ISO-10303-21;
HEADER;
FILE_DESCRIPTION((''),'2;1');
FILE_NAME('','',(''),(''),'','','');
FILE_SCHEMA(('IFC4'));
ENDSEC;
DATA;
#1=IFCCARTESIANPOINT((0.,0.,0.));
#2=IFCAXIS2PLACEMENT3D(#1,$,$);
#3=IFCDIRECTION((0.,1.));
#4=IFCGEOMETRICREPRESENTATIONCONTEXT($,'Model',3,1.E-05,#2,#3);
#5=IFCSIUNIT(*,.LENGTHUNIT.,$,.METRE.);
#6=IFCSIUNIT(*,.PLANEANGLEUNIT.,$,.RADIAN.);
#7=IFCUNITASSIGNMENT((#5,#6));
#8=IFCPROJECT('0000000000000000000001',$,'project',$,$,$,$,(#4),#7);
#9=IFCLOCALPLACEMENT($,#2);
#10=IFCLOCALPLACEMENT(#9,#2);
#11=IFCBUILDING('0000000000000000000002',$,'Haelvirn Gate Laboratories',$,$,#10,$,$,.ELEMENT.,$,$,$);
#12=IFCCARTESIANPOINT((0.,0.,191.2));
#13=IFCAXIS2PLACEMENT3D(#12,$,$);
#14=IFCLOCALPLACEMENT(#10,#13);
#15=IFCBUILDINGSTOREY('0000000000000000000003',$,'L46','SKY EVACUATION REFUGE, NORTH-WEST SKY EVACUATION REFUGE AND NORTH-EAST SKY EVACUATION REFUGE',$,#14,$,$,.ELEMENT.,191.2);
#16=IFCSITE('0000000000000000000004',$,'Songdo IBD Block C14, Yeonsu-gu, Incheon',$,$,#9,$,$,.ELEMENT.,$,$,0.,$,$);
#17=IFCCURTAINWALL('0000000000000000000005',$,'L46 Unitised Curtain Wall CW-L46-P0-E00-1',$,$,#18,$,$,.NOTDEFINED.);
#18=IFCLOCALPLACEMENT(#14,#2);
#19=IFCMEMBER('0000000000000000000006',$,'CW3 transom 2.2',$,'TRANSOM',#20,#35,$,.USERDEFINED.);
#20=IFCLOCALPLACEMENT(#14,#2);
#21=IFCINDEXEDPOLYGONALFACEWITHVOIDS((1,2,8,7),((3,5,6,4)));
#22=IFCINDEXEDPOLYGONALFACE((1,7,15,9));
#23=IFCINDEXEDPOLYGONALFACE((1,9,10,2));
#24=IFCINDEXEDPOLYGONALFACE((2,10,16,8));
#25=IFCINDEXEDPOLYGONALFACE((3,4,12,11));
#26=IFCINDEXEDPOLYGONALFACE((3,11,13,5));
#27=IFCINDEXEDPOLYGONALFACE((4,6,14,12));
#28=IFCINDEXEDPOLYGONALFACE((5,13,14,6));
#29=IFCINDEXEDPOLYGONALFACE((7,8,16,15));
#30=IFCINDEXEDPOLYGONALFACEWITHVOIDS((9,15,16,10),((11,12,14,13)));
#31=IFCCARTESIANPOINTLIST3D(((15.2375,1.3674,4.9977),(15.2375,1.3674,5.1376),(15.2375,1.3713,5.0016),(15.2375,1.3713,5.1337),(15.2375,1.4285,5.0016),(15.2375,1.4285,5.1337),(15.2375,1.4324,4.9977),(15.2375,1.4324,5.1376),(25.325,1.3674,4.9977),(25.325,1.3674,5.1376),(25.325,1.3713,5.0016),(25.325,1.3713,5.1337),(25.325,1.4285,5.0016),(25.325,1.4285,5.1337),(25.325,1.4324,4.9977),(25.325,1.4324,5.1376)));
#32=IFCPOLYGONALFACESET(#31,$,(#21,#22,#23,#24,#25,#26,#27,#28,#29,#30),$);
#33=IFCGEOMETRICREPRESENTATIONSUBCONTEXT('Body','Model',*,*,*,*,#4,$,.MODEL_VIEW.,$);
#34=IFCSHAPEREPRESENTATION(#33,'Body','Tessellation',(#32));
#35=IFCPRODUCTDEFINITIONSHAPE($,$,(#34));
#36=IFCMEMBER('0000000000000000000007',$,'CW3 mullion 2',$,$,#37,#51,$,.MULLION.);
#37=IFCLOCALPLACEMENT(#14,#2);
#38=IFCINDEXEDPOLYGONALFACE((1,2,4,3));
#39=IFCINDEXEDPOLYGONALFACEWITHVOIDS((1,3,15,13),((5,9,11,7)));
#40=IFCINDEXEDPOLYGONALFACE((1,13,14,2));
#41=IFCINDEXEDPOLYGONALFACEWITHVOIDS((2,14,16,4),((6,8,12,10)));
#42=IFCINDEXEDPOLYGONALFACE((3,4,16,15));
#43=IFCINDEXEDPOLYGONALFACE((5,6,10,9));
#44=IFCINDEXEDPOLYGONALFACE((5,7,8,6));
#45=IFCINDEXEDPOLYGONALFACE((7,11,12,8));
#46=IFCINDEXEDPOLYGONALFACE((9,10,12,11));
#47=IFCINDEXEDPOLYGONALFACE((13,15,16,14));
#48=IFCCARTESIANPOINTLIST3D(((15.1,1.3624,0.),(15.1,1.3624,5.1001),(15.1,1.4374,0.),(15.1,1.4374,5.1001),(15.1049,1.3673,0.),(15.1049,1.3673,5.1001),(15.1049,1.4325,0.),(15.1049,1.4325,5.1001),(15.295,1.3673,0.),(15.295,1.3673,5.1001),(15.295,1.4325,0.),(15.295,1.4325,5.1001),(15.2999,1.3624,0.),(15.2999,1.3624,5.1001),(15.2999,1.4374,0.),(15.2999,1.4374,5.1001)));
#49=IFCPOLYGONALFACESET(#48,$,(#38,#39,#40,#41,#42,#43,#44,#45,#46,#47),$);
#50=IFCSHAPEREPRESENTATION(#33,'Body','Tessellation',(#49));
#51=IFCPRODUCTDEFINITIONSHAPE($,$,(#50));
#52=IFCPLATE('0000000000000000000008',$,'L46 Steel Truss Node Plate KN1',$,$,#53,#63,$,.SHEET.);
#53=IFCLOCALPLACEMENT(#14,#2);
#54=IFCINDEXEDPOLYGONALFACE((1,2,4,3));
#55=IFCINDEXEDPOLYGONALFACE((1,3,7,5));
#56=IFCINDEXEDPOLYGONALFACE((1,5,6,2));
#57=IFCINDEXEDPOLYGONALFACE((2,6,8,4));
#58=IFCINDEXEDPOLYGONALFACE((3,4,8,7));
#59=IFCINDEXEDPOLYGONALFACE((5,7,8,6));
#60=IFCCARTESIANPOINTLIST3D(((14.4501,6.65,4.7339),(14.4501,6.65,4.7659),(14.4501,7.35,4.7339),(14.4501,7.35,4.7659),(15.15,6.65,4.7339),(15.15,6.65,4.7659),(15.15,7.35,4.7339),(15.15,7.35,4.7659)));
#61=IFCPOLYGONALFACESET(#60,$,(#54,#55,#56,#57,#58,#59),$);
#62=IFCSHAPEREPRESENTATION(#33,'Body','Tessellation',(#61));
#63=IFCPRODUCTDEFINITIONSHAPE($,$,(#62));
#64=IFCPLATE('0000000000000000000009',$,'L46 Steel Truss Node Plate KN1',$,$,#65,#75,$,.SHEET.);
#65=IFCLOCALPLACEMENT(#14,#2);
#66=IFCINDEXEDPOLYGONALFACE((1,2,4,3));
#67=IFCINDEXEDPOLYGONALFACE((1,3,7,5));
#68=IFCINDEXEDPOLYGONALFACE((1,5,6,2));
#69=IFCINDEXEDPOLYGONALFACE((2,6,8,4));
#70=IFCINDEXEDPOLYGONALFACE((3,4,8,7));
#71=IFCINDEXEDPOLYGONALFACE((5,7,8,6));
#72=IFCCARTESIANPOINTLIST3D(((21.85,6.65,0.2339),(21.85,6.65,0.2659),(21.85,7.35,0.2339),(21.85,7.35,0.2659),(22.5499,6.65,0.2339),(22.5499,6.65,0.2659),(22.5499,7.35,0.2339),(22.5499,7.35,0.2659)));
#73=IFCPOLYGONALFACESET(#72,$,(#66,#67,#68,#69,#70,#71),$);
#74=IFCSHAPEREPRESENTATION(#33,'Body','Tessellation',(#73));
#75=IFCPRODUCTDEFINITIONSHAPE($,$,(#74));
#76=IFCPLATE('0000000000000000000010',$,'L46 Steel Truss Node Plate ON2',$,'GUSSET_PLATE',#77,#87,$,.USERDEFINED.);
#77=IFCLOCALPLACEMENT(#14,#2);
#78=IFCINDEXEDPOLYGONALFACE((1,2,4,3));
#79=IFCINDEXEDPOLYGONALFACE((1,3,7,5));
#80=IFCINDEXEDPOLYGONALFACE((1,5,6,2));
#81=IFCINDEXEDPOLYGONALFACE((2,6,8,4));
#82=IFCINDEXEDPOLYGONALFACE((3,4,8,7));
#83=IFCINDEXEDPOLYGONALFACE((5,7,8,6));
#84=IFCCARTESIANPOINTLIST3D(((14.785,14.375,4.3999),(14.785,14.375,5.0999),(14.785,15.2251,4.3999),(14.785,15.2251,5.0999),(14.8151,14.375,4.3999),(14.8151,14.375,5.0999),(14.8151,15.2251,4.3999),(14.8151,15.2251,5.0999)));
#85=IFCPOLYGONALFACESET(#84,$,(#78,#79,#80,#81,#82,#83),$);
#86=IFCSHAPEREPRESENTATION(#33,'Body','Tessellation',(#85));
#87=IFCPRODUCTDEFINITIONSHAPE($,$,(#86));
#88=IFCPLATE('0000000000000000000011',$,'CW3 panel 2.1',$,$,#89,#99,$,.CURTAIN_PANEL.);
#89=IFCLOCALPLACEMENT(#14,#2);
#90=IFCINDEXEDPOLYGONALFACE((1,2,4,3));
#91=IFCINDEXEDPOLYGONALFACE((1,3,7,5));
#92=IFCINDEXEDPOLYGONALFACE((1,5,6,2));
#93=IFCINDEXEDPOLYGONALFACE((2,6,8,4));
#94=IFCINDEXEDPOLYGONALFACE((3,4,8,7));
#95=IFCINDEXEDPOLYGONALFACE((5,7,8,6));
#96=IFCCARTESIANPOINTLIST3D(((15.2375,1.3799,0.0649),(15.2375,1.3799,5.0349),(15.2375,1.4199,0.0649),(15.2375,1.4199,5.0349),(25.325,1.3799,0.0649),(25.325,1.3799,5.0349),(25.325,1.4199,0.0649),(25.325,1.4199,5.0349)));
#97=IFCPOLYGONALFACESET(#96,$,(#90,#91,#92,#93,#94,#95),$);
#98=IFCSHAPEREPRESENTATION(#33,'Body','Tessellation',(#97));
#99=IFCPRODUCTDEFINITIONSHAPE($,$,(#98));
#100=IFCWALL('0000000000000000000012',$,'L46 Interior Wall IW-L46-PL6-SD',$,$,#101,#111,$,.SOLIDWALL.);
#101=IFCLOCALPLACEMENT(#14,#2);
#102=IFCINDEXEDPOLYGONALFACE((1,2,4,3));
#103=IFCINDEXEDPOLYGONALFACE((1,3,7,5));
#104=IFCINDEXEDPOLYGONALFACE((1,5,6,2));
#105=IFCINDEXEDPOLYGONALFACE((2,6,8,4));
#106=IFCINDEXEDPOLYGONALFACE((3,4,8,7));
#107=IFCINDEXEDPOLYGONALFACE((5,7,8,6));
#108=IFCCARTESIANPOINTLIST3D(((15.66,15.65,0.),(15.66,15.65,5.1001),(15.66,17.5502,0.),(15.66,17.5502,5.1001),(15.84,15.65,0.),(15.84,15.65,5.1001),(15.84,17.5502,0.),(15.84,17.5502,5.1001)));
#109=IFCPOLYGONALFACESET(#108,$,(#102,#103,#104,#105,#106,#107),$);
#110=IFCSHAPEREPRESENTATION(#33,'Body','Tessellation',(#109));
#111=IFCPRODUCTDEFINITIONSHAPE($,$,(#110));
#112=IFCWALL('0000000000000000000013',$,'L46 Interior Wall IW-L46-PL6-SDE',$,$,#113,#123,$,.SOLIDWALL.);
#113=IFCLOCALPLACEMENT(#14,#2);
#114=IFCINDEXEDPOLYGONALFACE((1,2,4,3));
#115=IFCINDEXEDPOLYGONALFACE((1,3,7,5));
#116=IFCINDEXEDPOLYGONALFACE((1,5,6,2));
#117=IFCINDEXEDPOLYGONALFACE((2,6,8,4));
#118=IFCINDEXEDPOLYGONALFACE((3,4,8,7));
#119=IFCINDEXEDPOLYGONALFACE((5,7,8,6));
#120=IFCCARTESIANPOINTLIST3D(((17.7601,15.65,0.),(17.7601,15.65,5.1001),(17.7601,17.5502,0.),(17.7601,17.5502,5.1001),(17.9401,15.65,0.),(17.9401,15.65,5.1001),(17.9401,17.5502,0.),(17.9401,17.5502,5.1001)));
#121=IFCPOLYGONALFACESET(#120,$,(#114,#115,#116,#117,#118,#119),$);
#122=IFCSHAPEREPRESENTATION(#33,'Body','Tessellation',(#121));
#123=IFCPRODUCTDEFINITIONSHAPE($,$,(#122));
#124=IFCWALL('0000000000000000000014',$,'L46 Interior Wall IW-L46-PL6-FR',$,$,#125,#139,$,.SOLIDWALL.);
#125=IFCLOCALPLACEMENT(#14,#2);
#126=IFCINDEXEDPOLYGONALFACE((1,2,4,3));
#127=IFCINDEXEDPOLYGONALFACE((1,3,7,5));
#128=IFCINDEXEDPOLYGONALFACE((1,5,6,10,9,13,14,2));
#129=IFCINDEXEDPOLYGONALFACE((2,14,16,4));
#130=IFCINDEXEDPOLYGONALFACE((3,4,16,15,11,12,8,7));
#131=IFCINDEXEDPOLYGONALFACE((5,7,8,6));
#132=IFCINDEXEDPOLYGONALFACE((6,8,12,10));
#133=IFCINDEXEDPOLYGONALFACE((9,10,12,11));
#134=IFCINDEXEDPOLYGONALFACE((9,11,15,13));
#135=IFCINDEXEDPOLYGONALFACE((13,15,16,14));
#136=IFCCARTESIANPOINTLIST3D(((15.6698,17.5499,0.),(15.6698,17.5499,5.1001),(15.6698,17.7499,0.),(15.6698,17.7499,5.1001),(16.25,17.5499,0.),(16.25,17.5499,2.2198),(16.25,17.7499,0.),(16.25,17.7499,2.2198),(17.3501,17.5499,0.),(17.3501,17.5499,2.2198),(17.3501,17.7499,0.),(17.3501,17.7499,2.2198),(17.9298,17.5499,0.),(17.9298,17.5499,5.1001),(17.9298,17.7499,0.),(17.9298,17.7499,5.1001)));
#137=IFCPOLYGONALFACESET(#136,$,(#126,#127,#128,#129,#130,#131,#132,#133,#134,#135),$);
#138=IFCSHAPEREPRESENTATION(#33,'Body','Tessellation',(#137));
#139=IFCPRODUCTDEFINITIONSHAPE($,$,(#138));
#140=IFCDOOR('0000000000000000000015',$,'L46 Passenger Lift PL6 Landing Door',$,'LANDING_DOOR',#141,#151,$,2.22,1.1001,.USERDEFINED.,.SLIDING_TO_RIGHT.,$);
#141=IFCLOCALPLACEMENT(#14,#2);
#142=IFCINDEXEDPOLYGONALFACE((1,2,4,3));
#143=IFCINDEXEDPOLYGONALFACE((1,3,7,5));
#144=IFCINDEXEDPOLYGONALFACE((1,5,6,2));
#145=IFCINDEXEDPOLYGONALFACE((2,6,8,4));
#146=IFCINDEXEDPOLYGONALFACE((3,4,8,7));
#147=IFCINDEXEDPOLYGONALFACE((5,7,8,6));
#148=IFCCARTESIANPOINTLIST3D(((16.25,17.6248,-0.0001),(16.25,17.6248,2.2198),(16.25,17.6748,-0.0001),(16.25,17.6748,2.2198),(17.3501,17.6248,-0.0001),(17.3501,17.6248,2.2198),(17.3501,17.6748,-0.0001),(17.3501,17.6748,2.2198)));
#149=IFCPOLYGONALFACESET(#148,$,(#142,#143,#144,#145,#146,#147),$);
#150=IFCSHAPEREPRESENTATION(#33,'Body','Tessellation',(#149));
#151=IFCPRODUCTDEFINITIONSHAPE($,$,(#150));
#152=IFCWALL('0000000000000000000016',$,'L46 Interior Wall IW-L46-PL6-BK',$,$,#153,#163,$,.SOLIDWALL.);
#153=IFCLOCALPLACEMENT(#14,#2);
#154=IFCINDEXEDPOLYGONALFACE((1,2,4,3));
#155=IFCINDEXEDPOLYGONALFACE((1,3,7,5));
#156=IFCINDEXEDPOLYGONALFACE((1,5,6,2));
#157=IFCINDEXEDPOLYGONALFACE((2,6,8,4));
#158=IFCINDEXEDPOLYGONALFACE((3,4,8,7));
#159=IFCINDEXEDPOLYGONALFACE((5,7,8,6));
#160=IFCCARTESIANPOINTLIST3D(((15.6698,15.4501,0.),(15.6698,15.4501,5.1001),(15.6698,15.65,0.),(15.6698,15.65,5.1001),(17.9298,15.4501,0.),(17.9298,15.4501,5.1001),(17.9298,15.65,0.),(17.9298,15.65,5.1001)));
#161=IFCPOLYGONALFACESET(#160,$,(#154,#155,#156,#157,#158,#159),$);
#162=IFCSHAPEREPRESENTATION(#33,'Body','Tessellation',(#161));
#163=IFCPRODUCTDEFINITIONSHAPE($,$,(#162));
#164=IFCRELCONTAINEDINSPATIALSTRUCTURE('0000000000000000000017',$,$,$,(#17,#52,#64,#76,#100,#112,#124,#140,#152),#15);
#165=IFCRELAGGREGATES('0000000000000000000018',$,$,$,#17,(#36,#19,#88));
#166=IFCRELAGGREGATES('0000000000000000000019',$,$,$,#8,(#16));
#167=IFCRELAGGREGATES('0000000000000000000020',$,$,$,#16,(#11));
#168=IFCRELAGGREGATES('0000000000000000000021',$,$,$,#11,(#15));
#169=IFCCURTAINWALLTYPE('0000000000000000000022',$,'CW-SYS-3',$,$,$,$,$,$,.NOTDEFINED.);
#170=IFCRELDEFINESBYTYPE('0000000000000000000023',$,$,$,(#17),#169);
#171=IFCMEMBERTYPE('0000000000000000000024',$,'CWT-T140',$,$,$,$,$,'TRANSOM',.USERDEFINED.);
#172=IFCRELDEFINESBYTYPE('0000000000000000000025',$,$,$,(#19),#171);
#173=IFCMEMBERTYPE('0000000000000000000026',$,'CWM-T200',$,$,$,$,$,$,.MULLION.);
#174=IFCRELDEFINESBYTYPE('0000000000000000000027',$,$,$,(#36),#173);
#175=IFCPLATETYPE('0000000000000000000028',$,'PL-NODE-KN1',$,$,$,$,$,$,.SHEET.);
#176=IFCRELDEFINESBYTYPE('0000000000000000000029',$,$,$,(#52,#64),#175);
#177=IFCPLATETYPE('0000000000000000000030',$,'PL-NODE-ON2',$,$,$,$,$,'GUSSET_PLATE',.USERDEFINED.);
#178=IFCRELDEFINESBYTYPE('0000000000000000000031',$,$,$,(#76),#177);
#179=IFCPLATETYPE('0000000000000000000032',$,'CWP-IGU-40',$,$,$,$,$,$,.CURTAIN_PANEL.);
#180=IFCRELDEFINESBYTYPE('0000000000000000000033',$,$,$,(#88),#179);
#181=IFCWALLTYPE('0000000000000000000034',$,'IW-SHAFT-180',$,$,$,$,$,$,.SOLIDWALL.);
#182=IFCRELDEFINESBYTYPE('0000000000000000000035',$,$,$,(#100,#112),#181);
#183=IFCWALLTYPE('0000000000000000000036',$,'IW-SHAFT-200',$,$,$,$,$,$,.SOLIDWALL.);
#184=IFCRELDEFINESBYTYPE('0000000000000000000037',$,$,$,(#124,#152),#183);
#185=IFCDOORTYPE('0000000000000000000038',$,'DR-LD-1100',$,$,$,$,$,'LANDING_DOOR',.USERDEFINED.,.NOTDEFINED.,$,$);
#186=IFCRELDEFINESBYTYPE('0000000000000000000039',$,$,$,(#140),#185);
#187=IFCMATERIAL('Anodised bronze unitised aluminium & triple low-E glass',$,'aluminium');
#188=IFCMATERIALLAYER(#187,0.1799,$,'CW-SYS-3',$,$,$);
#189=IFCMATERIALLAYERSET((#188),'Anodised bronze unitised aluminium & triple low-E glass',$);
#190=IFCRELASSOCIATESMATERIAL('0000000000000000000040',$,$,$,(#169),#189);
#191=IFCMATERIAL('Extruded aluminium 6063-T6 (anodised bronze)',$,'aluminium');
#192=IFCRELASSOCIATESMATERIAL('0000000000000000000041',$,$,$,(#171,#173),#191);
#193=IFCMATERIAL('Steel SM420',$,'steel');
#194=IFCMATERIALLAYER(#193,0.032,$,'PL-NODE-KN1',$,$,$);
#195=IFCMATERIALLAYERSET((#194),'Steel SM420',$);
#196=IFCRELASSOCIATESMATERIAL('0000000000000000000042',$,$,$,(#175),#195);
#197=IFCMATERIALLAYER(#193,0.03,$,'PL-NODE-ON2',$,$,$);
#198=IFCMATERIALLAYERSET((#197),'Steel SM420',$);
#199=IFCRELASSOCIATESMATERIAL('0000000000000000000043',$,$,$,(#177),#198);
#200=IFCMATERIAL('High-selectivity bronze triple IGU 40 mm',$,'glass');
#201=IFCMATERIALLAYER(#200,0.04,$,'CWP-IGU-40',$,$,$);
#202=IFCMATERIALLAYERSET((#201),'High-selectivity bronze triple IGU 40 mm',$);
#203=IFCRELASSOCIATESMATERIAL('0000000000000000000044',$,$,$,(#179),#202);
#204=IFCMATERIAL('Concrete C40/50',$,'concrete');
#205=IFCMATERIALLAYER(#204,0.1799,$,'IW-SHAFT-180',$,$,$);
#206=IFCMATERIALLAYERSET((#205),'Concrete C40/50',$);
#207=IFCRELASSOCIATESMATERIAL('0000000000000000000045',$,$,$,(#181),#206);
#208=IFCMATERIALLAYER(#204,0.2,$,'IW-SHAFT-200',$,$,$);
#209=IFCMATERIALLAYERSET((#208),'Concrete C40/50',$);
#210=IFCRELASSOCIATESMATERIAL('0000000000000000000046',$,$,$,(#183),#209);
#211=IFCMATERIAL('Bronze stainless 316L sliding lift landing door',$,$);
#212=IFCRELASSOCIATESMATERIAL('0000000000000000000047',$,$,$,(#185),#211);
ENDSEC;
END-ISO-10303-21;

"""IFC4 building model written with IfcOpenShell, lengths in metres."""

from ifc_helpers import new_model, si_unit, direction, frame, frame_2d, origin, origin_2d, place, context, subcontext, project, spatial, rectangle, hollow_rectangle, extrude, source, transform, mapped, material, layer, layer_set, material_profile, profile_set, type_object, type_shapes, element, fill, aggregate, save


model = new_model("IFC4")

# Units and contexts
model_context = context("Model", 3, precision=1e-05, world=origin(), true_north=direction((0.0, 1.0)))
body_context = subcontext(model_context, "Body", "Model", "MODEL_VIEW")
ifc_project = project(units=[si_unit("LENGTHUNIT", "METRE"), si_unit("PLANEANGLEUNIT", "RADIAN")], contexts=[model_context])

# Site, building, storey
site_placement = place(None, origin())
site = spatial("IfcSite", under=ifc_project, at=site_placement, Name="Songdo IBD Block C14, Yeonsu-gu, Incheon", CompositionType="ELEMENT", RefElevation=0.0)
building_placement = place(site_placement, origin())
building = spatial("IfcBuilding", under=site, at=building_placement, Name="Haelvirn Gate Laboratories", CompositionType="ELEMENT")
storey_placement = place(building_placement, frame((0.0, 0.0, 191.2)))
storey = spatial("IfcBuildingStorey", under=building, at=storey_placement, Name="L46", Description="SKY EVACUATION REFUGE, NORTH-WEST SKY EVACUATION REFUGE AND NORTH-EAST SKY EVACUATION REFUGE", CompositionType="ELEMENT", Elevation=191.2)

# Shared definitions
ifc_material_1 = material(Name="Steel SM420", Category="steel")

# Curtain wall, members
ifc_material_2 = material(Name="Anodised bronze unitised aluminium & triple low-E glass", Category="aluminium")
ifc_layer_1 = layer(ifc_material_2, 0.1799, Name="CW-SYS-3")
ifc_layer_set_1 = layer_set([ifc_layer_1], Name="Anodised bronze unitised aluminium & triple low-E glass")
curtain_wall_type = type_object("IfcCurtainWallType", Name="CW-SYS-3", PredefinedType="NOTDEFINED", material=ifc_layer_set_1)
curtain_wall_placement = place(storey_placement, origin())
curtain_wall = element("IfcCurtainWall", 1, at=curtain_wall_placement, inside=storey, type_object=curtain_wall_type, Name="L46 Unitised Curtain Wall CW-L46-P0-E00-1", PredefinedType="NOTDEFINED")
ifc_material_3 = material(Name="Extruded aluminium 6063-T6 (anodised bronze)", Category="aluminium")
ifc_material_profile_1 = material_profile(ifc_material_3, hollow_rectangle(XDim=0.0649, YDim=0.1399, WallThickness=0.0039, at=origin_2d()), Name="CWT-140x65x4")
ifc_profile_set_1 = profile_set([ifc_material_profile_1], Name="Extruded aluminium 6063-T6 (anodised bronze)")
member_type_1 = type_object("IfcMemberType", Name="CWT-T140", ElementType="TRANSOM", PredefinedType="USERDEFINED", material=ifc_profile_set_1)
shared_shape_1 = source(origin(), body_context, "Body", "SweptSolid", [
    extrude(hollow_rectangle(XDim=0.0649, YDim=0.1399, WallThickness=0.0039, at=origin_2d()), origin(), (0.0, 0.0, 1.0), 10.0874),
])
type_shapes(member_type_1, [shared_shape_1])
member_1_placement = place(storey_placement, frame((15.2375, 1.3999, 5.0676), z_axis=(1.0, 0.0, 0.0), x_axis=(0.0, 1.0, 0.0)))
member_1 = element("IfcMember", 2, at=member_1_placement, type_object=member_type_1, Name="CW3 transom 2.2", ObjectType="TRANSOM", PredefinedType="USERDEFINED", context=body_context, shape_type="MappedRepresentation", body=[
    mapped(shared_shape_1, transform((0.0, 0.0, 0.0), scale=1.0)),
])
ifc_material_profile_2 = material_profile(ifc_material_3, hollow_rectangle(XDim=0.075, YDim=0.2, WallThickness=0.0049, at=origin_2d()), Name="CWM-200x75x5")
ifc_profile_set_2 = profile_set([ifc_material_profile_2], Name="Extruded aluminium 6063-T6 (anodised bronze)")
member_type_2 = type_object("IfcMemberType", Name="CWM-T200", PredefinedType="MULLION", material=ifc_profile_set_2)
shared_shape_2 = source(origin(), body_context, "Body", "SweptSolid", [
    extrude(hollow_rectangle(XDim=0.075, YDim=0.2, WallThickness=0.0049, at=origin_2d()), origin(), (0.0, 0.0, 1.0), 5.1001),
])
type_shapes(member_type_2, [shared_shape_2])
member_2_placement = place(storey_placement, frame((15.2, 1.3999, 0.0), z_axis=(0.0, 0.0, 1.0), x_axis=(0.0, 1.0, 0.0)))
member_2 = element("IfcMember", 3, at=member_2_placement, type_object=member_type_2, Name="CW3 mullion 2", PredefinedType="MULLION", context=body_context, shape_type="MappedRepresentation", body=[
    mapped(shared_shape_2, transform((0.0, 0.0, 0.0), scale=1.0)),
])

# Plates
ifc_layer_2 = layer(ifc_material_1, 0.032, Name="PL-NODE-KN1")
ifc_layer_set_2 = layer_set([ifc_layer_2], Name="Steel SM420")
plate_type_1 = type_object("IfcPlateType", Name="PL-NODE-KN1", PredefinedType="SHEET", material=ifc_layer_set_2)
shared_shape_3 = source(origin(), body_context, "Body", "SweptSolid", [
    extrude(rectangle(XDim=0.7, YDim=0.7, at=origin_2d()), origin(), (0.0, 0.0, 1.0), 0.032),
])
type_shapes(plate_type_1, [shared_shape_3])
for number, where, z_axis, x_axis, name in (
    (4, (14.8, 7.0, 4.7339), (0.0, 0.0, 1.0), (1.0, 0.0, 0.0), "L46 Steel Truss Node Plate KN1"),
    (5, (22.2, 7.0, 0.2339), (0.0, 0.0, 1.0), (1.0, 0.0, 0.0), "L46 Steel Truss Node Plate KN1"),
):
    element("IfcPlate", number, at=place(storey_placement, frame(where, z_axis=z_axis, x_axis=x_axis)), inside=storey, type_object=plate_type_1, Name=name, PredefinedType="SHEET", context=body_context, shape_type="MappedRepresentation", body=[
        mapped(shared_shape_3, transform((0.0, 0.0, 0.0), scale=1.0)),
    ])
ifc_layer_3 = layer(ifc_material_1, 0.03, Name="PL-NODE-ON2")
ifc_layer_set_3 = layer_set([ifc_layer_3], Name="Steel SM420")
plate_type_2 = type_object("IfcPlateType", Name="PL-NODE-ON2", ElementType="GUSSET_PLATE", PredefinedType="USERDEFINED", material=ifc_layer_set_3)
shared_shape_4 = source(origin(), body_context, "Body", "SweptSolid", [
    extrude(rectangle(XDim=0.8501, YDim=0.03, at=origin_2d()), origin(), (0.0, 0.0, 1.0), 0.7),
])
type_shapes(plate_type_2, [shared_shape_4])
plate_1_placement = place(storey_placement, frame((14.8, 14.8, 4.3999), z_axis=(0.0, 0.0, 1.0), x_axis=(0.0, 1.0, 0.0)))
element("IfcPlate", 6, at=plate_1_placement, inside=storey, type_object=plate_type_2, Name="L46 Steel Truss Node Plate ON2", ObjectType="GUSSET_PLATE", PredefinedType="USERDEFINED", context=body_context, shape_type="MappedRepresentation", body=[
    mapped(shared_shape_4, transform((0.0, 0.0, 0.0), scale=1.0)),
])

# Plate
ifc_material_4 = material(Name="High-selectivity bronze triple IGU 40 mm", Category="glass")
ifc_layer_4 = layer(ifc_material_4, 0.04, Name="CWP-IGU-40")
ifc_layer_set_4 = layer_set([ifc_layer_4], Name="High-selectivity bronze triple IGU 40 mm")
plate_type_3 = type_object("IfcPlateType", Name="CWP-IGU-40", PredefinedType="CURTAIN_PANEL", material=ifc_layer_set_4)
shared_shape_5 = source(origin(), body_context, "Body", "SweptSolid", [
    extrude(rectangle(XDim=10.0874, YDim=0.04, at=origin_2d()), origin(), (0.0, 0.0, 1.0), 4.97),
])
type_shapes(plate_type_3, [shared_shape_5])
plate_2_placement = place(storey_placement, frame((20.2812, 1.3999, 0.0649), z_axis=(0.0, 0.0, 1.0), x_axis=(1.0, 0.0, 0.0)))
plate_2 = element("IfcPlate", 7, at=plate_2_placement, type_object=plate_type_3, Name="CW3 panel 2.1", PredefinedType="CURTAIN_PANEL", context=body_context, shape_type="MappedRepresentation", body=[
    mapped(shared_shape_5, transform((0.0, 0.0, 0.0), scale=1.0)),
])
aggregate(curtain_wall, [member_2, member_1, plate_2])

# Walls
ifc_material_5 = material(Name="Concrete C40/50", Category="concrete")
ifc_layer_5 = layer(ifc_material_5, 0.1799, Name="IW-SHAFT-180")
ifc_layer_set_5 = layer_set([ifc_layer_5], Name="Concrete C40/50")
wall_type_1 = type_object("IfcWallType", Name="IW-SHAFT-180", PredefinedType="SOLIDWALL", material=ifc_layer_set_5)
for number, where, z_axis, x_axis, name in (
    (8, (15.75, 15.6499, 0.0), (0.0, 0.0, 1.0), (0.0, 1.0, 0.0), "L46 Interior Wall IW-L46-PL6-SD"),
    (9, (17.8501, 15.6499, 0.0), (0.0, 0.0, 1.0), (0.0, 1.0, 0.0), "L46 Interior Wall IW-L46-PL6-SDE"),
):
    element("IfcWall", number, at=place(storey_placement, frame(where, z_axis=z_axis, x_axis=x_axis)), inside=storey, type_object=wall_type_1, Name=name, PredefinedType="SOLIDWALL", context=body_context, shape_type="SweptSolid", body=[
        extrude(rectangle(XDim=1.9001, YDim=0.1799, at=frame_2d((0.9502, 0.0))), origin(), (0.0, 0.0, 1.0), 5.1001),
    ])

# Wall, opening, door
ifc_layer_6 = layer(ifc_material_5, 0.2, Name="IW-SHAFT-200")
ifc_layer_set_6 = layer_set([ifc_layer_6], Name="Concrete C40/50")
wall_type_2 = type_object("IfcWallType", Name="IW-SHAFT-200", PredefinedType="SOLIDWALL", material=ifc_layer_set_6)
wall_1_placement = place(storey_placement, frame((15.6699, 17.6499, 0.0), z_axis=(0.0, 0.0, 1.0), x_axis=(1.0, 0.0, 0.0)))
wall_1 = element("IfcWall", 10, at=wall_1_placement, inside=storey, type_object=wall_type_2, Name="L46 Interior Wall IW-L46-PL6-FR", PredefinedType="SOLIDWALL", context=body_context, shape_type="SweptSolid", body=[
    extrude(rectangle(XDim=2.26, YDim=0.2, at=frame_2d((1.1299, 0.0))), origin(), (0.0, 0.0, 1.0), 5.1001),
])
opening_1_placement = place(wall_1_placement, frame((0.5801, 0.0, 0.0)))
opening_1 = element("IfcOpeningElement", 11, at=opening_1_placement, cuts=wall_1, PredefinedType="OPENING", context=body_context, shape_type="SweptSolid", body=[
    extrude(rectangle(XDim=1.1001, YDim=2.22, at=frame_2d((0.55, 1.1099))), frame((0.0, 0.1099, 0.0), z_axis=(0.0, -1.0, 0.0), x_axis=(1.0, 0.0, 0.0)), (0.0, 0.0, 1.0), 0.22),
])
ifc_material_6 = material(Name="Bronze stainless 316L sliding lift landing door")
door_type_1 = type_object("IfcDoorType", Name="DR-LD-1100", ElementType="LANDING_DOOR", OperationType="NOTDEFINED", PredefinedType="USERDEFINED", material=ifc_material_6)
shared_shape_6 = source(origin(), body_context, "Body", "SweptSolid", [
    extrude(rectangle(XDim=1.1001, YDim=2.22, at=frame_2d((0.55, 1.1099))), frame((0.0, 0.0249, 0.0), z_axis=(0.0, -1.0, 0.0), x_axis=(1.0, 0.0, 0.0)), (0.0, 0.0, 1.0), 0.05),
])
type_shapes(door_type_1, [shared_shape_6])
door_1_placement = place(opening_1_placement, origin())
door_1 = element("IfcDoor", 12, at=door_1_placement, inside=storey, type_object=door_type_1, Name="L46 Passenger Lift PL6 Landing Door", ObjectType="LANDING_DOOR", OperationType="SLIDING_TO_RIGHT", OverallHeight=2.22, OverallWidth=1.1001, PredefinedType="USERDEFINED", context=body_context, shape_type="MappedRepresentation", body=[
    mapped(shared_shape_6, transform((0.0, 0.0, 0.0), scale=1.0)),
])
fill(opening_1, door_1)

# Wall
wall_2_placement = place(storey_placement, frame((15.6699, 15.55, 0.0), z_axis=(0.0, 0.0, 1.0), x_axis=(1.0, 0.0, 0.0)))
element("IfcWall", 13, at=wall_2_placement, inside=storey, type_object=wall_type_2, Name="L46 Interior Wall IW-L46-PL6-BK", PredefinedType="SOLIDWALL", context=body_context, shape_type="SweptSolid", body=[
    extrude(rectangle(XDim=2.26, YDim=0.2, at=frame_2d((1.1299, 0.0))), origin(), (0.0, 0.0, 1.0), 5.1001),
])

save(model, "model.ifc")
